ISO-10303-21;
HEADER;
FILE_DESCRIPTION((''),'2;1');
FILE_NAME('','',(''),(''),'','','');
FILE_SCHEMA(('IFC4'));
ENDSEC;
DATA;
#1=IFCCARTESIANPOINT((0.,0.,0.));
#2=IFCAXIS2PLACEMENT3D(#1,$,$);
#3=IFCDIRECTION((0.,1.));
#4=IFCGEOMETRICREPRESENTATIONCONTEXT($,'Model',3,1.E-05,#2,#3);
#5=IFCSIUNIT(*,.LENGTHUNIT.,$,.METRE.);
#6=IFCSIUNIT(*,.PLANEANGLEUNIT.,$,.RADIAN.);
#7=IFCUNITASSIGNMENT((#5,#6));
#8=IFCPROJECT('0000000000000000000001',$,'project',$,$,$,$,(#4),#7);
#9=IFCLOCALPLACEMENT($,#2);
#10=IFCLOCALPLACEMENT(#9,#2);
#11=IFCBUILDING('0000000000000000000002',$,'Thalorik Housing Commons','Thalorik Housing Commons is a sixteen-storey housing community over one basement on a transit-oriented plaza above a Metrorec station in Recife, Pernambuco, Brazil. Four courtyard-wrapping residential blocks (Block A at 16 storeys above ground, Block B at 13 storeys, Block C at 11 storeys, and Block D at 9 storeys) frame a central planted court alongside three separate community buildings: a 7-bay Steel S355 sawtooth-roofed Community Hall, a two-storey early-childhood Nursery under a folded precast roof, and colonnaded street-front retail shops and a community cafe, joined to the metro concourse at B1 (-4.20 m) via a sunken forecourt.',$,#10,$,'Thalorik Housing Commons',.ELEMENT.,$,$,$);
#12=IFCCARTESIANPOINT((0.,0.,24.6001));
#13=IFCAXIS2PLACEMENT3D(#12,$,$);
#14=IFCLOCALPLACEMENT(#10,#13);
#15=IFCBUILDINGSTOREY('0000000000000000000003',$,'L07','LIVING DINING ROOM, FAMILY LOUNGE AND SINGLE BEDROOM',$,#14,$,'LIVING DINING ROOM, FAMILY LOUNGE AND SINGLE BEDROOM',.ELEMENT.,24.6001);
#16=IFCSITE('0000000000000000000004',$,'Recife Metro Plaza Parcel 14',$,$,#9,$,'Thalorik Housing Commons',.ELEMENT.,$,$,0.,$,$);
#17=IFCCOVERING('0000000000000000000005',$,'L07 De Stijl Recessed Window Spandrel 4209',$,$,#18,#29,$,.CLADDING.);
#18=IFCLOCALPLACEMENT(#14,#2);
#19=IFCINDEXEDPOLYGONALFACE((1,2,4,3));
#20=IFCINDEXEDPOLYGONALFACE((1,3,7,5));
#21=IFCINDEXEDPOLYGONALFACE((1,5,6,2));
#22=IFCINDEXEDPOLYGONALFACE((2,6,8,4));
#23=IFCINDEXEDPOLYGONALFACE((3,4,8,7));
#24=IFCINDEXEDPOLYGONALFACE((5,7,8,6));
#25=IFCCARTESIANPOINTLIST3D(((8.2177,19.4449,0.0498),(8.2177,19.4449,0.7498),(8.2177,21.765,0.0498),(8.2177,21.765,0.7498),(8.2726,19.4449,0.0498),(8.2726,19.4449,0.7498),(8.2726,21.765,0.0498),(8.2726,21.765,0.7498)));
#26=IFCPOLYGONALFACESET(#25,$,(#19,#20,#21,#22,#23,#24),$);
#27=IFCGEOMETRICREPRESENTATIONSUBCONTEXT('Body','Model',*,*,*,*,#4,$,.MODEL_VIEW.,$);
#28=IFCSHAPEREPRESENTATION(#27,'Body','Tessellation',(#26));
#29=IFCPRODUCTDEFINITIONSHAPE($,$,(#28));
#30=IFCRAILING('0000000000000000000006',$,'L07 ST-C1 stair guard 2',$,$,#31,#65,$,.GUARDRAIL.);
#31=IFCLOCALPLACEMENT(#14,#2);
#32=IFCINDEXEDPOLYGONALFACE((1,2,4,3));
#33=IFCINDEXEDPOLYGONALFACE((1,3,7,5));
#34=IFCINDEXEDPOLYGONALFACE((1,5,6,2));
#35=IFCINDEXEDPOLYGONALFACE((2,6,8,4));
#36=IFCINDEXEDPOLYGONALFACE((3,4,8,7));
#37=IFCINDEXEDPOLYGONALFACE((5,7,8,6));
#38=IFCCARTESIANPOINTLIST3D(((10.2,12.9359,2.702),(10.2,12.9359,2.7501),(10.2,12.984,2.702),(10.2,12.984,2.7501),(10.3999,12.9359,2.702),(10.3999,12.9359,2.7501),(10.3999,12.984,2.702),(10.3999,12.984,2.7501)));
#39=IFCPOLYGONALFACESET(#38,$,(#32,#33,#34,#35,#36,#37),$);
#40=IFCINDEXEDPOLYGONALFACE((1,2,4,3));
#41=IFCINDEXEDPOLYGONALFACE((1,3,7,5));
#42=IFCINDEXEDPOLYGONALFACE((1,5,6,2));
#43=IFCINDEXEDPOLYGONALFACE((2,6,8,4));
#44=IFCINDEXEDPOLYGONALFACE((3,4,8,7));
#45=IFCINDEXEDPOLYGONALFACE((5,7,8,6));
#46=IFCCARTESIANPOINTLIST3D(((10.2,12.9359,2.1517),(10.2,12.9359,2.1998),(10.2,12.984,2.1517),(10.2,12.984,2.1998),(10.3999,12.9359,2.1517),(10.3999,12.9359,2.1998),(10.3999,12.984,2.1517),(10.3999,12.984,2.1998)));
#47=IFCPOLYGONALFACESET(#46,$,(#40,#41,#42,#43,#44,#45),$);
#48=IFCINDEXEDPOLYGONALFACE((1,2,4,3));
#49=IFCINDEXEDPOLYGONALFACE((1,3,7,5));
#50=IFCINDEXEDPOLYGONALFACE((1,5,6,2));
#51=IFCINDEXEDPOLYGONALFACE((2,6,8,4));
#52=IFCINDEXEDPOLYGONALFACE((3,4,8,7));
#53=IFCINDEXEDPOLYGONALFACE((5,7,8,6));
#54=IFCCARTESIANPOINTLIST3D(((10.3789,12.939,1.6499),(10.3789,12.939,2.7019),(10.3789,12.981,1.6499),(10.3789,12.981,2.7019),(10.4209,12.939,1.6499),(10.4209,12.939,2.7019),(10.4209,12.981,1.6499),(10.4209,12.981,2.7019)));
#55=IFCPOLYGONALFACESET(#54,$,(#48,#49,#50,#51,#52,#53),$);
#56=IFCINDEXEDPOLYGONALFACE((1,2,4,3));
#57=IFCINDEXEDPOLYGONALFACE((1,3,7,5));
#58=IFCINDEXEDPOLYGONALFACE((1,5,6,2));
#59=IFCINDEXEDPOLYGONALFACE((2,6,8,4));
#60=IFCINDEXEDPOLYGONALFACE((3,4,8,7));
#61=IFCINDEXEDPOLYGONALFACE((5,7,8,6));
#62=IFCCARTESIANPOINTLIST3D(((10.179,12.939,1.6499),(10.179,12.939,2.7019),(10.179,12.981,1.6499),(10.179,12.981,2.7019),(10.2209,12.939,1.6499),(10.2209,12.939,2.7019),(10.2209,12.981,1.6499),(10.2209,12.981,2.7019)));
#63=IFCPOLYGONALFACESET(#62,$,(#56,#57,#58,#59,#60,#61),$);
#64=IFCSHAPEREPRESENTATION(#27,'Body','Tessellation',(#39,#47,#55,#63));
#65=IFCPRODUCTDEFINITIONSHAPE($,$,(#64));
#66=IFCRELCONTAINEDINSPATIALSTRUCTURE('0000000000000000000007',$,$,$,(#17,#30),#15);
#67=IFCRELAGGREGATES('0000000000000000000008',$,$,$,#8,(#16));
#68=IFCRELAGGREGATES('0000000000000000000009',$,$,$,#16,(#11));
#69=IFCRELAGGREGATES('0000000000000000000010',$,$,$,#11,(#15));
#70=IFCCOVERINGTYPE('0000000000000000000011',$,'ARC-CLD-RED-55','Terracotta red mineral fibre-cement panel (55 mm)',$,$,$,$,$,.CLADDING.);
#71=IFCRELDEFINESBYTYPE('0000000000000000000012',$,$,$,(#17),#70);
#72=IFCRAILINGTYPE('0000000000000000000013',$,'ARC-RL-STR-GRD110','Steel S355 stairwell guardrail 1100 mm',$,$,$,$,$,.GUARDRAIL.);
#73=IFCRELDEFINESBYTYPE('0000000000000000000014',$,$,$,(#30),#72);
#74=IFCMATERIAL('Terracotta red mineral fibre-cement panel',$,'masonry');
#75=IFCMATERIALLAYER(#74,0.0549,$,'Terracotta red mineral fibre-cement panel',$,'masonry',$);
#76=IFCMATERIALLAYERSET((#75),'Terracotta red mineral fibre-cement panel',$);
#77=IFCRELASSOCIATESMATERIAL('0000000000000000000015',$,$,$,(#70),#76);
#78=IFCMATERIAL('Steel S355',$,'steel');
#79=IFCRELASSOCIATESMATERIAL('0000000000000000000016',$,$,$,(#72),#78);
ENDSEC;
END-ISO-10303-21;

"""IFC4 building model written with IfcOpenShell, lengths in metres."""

from ifc_helpers import new_model, si_unit, direction, frame, origin, origin_2d, place, context, subcontext, project, spatial, rectangle, extrude, material, layer, layer_set, type_object, element, save


model = new_model("IFC4")

# Units and contexts
model_context = context("Model", 3, precision=1e-05, world=origin(), true_north=direction((0.0, 1.0)))
body_context = subcontext(model_context, "Body", "Model", "MODEL_VIEW")
ifc_project = project(units=[si_unit("LENGTHUNIT", "METRE"), si_unit("PLANEANGLEUNIT", "RADIAN")], contexts=[model_context])

# Site, building, storey
site_placement = place(None, origin())
site = spatial("IfcSite", under=ifc_project, at=site_placement, Name="Recife Metro Plaza Parcel 14", LongName="Thalorik Housing Commons", CompositionType="ELEMENT", RefElevation=0.0)
building_placement = place(site_placement, origin())
building = spatial("IfcBuilding", under=site, at=building_placement, Name="Thalorik Housing Commons", Description="Thalorik Housing Commons is a sixteen-storey housing community over one basement on a transit-oriented plaza above a Metrorec station in Recife, Pernambuco, Brazil. Four courtyard-wrapping residential blocks (Block A at 16 storeys above ground, Block B at 13 storeys, Block C at 11 storeys, and Block D at 9 storeys) frame a central planted court alongside three separate community buildings: a 7-bay Steel S355 sawtooth-roofed Community Hall, a two-storey early-childhood Nursery under a folded precast roof, and colonnaded street-front retail shops and a community cafe, joined to the metro concourse at B1 (-4.20 m) via a sunken forecourt.", LongName="Thalorik Housing Commons", CompositionType="ELEMENT")
storey_placement = place(building_placement, frame((0.0, 0.0, 24.6001)))
storey = spatial("IfcBuildingStorey", under=building, at=storey_placement, Name="L07", Description="LIVING DINING ROOM, FAMILY LOUNGE AND SINGLE BEDROOM", LongName="LIVING DINING ROOM, FAMILY LOUNGE AND SINGLE BEDROOM", CompositionType="ELEMENT", Elevation=24.6001)

# Shared definitions
ifc_material_1 = material(Name="Steel S355", Category="steel")

# Covering
ifc_material_2 = material(Name="Terracotta red mineral fibre-cement panel", Category="masonry")
ifc_layer_1 = layer(ifc_material_2, 0.0549, Name="Terracotta red mineral fibre-cement panel", Category="masonry")
ifc_layer_set_1 = layer_set([ifc_layer_1], Name="Terracotta red mineral fibre-cement panel")
covering_type_1 = type_object("IfcCoveringType", Name="ARC-CLD-RED-55", Description="Terracotta red mineral fibre-cement panel (55 mm)", PredefinedType="CLADDING", material=ifc_layer_set_1)
covering_1_placement = place(storey_placement, frame((8.2451, 20.605, 0.0498), z_axis=(0.0, 0.0, 1.0), x_axis=(0.0, -1.0, 0.0)))
element("IfcCovering", 1, at=covering_1_placement, inside=storey, type_object=covering_type_1, Name="L07 De Stijl Recessed Window Spandrel 4209", PredefinedType="CLADDING", context=body_context, shape_type="SweptSolid", body=[
    extrude(rectangle(XDim=2.3201, YDim=0.0549, at=origin_2d()), origin(), (0.0, 0.0, 1.0), 0.7),
])

# Railing
railing_type = type_object("IfcRailingType", Name="ARC-RL-STR-GRD110", Description="Steel S355 stairwell guardrail 1100 mm", PredefinedType="GUARDRAIL", material=ifc_material_1)
railing_placement = place(storey_placement, frame((10.3999, 12.96, 1.6499)))
element("IfcRailing", 2, at=railing_placement, inside=storey, type_object=railing_type, Name="L07 ST-C1 stair guard 2", PredefinedType="GUARDRAIL", context=body_context, shape_type="SweptSolid", body=[
    extrude(rectangle(XDim=0.0481, YDim=0.0481, at=origin_2d()), frame((0.0, 0.0, 1.0762), z_axis=(-1.0, 0.0, 0.0), x_axis=(0.0, -1.0, 0.0)), (0.0, 0.0, 1.0), 0.2),
    extrude(rectangle(XDim=0.0481, YDim=0.0481, at=origin_2d()), frame((0.0, 0.0, 0.5259), z_axis=(-1.0, 0.0, 0.0), x_axis=(0.0, -1.0, 0.0)), (0.0, 0.0, 1.0), 0.2),
    extrude(rectangle(XDim=0.042, YDim=0.042, at=origin_2d()), origin(), (0.0, 0.0, 1.0), 1.052),
    extrude(rectangle(XDim=0.042, YDim=0.042, at=origin_2d()), frame((-0.2, 0.0, 0.0)), (0.0, 0.0, 1.0), 1.052),
])

save(model, "model.ifc")
